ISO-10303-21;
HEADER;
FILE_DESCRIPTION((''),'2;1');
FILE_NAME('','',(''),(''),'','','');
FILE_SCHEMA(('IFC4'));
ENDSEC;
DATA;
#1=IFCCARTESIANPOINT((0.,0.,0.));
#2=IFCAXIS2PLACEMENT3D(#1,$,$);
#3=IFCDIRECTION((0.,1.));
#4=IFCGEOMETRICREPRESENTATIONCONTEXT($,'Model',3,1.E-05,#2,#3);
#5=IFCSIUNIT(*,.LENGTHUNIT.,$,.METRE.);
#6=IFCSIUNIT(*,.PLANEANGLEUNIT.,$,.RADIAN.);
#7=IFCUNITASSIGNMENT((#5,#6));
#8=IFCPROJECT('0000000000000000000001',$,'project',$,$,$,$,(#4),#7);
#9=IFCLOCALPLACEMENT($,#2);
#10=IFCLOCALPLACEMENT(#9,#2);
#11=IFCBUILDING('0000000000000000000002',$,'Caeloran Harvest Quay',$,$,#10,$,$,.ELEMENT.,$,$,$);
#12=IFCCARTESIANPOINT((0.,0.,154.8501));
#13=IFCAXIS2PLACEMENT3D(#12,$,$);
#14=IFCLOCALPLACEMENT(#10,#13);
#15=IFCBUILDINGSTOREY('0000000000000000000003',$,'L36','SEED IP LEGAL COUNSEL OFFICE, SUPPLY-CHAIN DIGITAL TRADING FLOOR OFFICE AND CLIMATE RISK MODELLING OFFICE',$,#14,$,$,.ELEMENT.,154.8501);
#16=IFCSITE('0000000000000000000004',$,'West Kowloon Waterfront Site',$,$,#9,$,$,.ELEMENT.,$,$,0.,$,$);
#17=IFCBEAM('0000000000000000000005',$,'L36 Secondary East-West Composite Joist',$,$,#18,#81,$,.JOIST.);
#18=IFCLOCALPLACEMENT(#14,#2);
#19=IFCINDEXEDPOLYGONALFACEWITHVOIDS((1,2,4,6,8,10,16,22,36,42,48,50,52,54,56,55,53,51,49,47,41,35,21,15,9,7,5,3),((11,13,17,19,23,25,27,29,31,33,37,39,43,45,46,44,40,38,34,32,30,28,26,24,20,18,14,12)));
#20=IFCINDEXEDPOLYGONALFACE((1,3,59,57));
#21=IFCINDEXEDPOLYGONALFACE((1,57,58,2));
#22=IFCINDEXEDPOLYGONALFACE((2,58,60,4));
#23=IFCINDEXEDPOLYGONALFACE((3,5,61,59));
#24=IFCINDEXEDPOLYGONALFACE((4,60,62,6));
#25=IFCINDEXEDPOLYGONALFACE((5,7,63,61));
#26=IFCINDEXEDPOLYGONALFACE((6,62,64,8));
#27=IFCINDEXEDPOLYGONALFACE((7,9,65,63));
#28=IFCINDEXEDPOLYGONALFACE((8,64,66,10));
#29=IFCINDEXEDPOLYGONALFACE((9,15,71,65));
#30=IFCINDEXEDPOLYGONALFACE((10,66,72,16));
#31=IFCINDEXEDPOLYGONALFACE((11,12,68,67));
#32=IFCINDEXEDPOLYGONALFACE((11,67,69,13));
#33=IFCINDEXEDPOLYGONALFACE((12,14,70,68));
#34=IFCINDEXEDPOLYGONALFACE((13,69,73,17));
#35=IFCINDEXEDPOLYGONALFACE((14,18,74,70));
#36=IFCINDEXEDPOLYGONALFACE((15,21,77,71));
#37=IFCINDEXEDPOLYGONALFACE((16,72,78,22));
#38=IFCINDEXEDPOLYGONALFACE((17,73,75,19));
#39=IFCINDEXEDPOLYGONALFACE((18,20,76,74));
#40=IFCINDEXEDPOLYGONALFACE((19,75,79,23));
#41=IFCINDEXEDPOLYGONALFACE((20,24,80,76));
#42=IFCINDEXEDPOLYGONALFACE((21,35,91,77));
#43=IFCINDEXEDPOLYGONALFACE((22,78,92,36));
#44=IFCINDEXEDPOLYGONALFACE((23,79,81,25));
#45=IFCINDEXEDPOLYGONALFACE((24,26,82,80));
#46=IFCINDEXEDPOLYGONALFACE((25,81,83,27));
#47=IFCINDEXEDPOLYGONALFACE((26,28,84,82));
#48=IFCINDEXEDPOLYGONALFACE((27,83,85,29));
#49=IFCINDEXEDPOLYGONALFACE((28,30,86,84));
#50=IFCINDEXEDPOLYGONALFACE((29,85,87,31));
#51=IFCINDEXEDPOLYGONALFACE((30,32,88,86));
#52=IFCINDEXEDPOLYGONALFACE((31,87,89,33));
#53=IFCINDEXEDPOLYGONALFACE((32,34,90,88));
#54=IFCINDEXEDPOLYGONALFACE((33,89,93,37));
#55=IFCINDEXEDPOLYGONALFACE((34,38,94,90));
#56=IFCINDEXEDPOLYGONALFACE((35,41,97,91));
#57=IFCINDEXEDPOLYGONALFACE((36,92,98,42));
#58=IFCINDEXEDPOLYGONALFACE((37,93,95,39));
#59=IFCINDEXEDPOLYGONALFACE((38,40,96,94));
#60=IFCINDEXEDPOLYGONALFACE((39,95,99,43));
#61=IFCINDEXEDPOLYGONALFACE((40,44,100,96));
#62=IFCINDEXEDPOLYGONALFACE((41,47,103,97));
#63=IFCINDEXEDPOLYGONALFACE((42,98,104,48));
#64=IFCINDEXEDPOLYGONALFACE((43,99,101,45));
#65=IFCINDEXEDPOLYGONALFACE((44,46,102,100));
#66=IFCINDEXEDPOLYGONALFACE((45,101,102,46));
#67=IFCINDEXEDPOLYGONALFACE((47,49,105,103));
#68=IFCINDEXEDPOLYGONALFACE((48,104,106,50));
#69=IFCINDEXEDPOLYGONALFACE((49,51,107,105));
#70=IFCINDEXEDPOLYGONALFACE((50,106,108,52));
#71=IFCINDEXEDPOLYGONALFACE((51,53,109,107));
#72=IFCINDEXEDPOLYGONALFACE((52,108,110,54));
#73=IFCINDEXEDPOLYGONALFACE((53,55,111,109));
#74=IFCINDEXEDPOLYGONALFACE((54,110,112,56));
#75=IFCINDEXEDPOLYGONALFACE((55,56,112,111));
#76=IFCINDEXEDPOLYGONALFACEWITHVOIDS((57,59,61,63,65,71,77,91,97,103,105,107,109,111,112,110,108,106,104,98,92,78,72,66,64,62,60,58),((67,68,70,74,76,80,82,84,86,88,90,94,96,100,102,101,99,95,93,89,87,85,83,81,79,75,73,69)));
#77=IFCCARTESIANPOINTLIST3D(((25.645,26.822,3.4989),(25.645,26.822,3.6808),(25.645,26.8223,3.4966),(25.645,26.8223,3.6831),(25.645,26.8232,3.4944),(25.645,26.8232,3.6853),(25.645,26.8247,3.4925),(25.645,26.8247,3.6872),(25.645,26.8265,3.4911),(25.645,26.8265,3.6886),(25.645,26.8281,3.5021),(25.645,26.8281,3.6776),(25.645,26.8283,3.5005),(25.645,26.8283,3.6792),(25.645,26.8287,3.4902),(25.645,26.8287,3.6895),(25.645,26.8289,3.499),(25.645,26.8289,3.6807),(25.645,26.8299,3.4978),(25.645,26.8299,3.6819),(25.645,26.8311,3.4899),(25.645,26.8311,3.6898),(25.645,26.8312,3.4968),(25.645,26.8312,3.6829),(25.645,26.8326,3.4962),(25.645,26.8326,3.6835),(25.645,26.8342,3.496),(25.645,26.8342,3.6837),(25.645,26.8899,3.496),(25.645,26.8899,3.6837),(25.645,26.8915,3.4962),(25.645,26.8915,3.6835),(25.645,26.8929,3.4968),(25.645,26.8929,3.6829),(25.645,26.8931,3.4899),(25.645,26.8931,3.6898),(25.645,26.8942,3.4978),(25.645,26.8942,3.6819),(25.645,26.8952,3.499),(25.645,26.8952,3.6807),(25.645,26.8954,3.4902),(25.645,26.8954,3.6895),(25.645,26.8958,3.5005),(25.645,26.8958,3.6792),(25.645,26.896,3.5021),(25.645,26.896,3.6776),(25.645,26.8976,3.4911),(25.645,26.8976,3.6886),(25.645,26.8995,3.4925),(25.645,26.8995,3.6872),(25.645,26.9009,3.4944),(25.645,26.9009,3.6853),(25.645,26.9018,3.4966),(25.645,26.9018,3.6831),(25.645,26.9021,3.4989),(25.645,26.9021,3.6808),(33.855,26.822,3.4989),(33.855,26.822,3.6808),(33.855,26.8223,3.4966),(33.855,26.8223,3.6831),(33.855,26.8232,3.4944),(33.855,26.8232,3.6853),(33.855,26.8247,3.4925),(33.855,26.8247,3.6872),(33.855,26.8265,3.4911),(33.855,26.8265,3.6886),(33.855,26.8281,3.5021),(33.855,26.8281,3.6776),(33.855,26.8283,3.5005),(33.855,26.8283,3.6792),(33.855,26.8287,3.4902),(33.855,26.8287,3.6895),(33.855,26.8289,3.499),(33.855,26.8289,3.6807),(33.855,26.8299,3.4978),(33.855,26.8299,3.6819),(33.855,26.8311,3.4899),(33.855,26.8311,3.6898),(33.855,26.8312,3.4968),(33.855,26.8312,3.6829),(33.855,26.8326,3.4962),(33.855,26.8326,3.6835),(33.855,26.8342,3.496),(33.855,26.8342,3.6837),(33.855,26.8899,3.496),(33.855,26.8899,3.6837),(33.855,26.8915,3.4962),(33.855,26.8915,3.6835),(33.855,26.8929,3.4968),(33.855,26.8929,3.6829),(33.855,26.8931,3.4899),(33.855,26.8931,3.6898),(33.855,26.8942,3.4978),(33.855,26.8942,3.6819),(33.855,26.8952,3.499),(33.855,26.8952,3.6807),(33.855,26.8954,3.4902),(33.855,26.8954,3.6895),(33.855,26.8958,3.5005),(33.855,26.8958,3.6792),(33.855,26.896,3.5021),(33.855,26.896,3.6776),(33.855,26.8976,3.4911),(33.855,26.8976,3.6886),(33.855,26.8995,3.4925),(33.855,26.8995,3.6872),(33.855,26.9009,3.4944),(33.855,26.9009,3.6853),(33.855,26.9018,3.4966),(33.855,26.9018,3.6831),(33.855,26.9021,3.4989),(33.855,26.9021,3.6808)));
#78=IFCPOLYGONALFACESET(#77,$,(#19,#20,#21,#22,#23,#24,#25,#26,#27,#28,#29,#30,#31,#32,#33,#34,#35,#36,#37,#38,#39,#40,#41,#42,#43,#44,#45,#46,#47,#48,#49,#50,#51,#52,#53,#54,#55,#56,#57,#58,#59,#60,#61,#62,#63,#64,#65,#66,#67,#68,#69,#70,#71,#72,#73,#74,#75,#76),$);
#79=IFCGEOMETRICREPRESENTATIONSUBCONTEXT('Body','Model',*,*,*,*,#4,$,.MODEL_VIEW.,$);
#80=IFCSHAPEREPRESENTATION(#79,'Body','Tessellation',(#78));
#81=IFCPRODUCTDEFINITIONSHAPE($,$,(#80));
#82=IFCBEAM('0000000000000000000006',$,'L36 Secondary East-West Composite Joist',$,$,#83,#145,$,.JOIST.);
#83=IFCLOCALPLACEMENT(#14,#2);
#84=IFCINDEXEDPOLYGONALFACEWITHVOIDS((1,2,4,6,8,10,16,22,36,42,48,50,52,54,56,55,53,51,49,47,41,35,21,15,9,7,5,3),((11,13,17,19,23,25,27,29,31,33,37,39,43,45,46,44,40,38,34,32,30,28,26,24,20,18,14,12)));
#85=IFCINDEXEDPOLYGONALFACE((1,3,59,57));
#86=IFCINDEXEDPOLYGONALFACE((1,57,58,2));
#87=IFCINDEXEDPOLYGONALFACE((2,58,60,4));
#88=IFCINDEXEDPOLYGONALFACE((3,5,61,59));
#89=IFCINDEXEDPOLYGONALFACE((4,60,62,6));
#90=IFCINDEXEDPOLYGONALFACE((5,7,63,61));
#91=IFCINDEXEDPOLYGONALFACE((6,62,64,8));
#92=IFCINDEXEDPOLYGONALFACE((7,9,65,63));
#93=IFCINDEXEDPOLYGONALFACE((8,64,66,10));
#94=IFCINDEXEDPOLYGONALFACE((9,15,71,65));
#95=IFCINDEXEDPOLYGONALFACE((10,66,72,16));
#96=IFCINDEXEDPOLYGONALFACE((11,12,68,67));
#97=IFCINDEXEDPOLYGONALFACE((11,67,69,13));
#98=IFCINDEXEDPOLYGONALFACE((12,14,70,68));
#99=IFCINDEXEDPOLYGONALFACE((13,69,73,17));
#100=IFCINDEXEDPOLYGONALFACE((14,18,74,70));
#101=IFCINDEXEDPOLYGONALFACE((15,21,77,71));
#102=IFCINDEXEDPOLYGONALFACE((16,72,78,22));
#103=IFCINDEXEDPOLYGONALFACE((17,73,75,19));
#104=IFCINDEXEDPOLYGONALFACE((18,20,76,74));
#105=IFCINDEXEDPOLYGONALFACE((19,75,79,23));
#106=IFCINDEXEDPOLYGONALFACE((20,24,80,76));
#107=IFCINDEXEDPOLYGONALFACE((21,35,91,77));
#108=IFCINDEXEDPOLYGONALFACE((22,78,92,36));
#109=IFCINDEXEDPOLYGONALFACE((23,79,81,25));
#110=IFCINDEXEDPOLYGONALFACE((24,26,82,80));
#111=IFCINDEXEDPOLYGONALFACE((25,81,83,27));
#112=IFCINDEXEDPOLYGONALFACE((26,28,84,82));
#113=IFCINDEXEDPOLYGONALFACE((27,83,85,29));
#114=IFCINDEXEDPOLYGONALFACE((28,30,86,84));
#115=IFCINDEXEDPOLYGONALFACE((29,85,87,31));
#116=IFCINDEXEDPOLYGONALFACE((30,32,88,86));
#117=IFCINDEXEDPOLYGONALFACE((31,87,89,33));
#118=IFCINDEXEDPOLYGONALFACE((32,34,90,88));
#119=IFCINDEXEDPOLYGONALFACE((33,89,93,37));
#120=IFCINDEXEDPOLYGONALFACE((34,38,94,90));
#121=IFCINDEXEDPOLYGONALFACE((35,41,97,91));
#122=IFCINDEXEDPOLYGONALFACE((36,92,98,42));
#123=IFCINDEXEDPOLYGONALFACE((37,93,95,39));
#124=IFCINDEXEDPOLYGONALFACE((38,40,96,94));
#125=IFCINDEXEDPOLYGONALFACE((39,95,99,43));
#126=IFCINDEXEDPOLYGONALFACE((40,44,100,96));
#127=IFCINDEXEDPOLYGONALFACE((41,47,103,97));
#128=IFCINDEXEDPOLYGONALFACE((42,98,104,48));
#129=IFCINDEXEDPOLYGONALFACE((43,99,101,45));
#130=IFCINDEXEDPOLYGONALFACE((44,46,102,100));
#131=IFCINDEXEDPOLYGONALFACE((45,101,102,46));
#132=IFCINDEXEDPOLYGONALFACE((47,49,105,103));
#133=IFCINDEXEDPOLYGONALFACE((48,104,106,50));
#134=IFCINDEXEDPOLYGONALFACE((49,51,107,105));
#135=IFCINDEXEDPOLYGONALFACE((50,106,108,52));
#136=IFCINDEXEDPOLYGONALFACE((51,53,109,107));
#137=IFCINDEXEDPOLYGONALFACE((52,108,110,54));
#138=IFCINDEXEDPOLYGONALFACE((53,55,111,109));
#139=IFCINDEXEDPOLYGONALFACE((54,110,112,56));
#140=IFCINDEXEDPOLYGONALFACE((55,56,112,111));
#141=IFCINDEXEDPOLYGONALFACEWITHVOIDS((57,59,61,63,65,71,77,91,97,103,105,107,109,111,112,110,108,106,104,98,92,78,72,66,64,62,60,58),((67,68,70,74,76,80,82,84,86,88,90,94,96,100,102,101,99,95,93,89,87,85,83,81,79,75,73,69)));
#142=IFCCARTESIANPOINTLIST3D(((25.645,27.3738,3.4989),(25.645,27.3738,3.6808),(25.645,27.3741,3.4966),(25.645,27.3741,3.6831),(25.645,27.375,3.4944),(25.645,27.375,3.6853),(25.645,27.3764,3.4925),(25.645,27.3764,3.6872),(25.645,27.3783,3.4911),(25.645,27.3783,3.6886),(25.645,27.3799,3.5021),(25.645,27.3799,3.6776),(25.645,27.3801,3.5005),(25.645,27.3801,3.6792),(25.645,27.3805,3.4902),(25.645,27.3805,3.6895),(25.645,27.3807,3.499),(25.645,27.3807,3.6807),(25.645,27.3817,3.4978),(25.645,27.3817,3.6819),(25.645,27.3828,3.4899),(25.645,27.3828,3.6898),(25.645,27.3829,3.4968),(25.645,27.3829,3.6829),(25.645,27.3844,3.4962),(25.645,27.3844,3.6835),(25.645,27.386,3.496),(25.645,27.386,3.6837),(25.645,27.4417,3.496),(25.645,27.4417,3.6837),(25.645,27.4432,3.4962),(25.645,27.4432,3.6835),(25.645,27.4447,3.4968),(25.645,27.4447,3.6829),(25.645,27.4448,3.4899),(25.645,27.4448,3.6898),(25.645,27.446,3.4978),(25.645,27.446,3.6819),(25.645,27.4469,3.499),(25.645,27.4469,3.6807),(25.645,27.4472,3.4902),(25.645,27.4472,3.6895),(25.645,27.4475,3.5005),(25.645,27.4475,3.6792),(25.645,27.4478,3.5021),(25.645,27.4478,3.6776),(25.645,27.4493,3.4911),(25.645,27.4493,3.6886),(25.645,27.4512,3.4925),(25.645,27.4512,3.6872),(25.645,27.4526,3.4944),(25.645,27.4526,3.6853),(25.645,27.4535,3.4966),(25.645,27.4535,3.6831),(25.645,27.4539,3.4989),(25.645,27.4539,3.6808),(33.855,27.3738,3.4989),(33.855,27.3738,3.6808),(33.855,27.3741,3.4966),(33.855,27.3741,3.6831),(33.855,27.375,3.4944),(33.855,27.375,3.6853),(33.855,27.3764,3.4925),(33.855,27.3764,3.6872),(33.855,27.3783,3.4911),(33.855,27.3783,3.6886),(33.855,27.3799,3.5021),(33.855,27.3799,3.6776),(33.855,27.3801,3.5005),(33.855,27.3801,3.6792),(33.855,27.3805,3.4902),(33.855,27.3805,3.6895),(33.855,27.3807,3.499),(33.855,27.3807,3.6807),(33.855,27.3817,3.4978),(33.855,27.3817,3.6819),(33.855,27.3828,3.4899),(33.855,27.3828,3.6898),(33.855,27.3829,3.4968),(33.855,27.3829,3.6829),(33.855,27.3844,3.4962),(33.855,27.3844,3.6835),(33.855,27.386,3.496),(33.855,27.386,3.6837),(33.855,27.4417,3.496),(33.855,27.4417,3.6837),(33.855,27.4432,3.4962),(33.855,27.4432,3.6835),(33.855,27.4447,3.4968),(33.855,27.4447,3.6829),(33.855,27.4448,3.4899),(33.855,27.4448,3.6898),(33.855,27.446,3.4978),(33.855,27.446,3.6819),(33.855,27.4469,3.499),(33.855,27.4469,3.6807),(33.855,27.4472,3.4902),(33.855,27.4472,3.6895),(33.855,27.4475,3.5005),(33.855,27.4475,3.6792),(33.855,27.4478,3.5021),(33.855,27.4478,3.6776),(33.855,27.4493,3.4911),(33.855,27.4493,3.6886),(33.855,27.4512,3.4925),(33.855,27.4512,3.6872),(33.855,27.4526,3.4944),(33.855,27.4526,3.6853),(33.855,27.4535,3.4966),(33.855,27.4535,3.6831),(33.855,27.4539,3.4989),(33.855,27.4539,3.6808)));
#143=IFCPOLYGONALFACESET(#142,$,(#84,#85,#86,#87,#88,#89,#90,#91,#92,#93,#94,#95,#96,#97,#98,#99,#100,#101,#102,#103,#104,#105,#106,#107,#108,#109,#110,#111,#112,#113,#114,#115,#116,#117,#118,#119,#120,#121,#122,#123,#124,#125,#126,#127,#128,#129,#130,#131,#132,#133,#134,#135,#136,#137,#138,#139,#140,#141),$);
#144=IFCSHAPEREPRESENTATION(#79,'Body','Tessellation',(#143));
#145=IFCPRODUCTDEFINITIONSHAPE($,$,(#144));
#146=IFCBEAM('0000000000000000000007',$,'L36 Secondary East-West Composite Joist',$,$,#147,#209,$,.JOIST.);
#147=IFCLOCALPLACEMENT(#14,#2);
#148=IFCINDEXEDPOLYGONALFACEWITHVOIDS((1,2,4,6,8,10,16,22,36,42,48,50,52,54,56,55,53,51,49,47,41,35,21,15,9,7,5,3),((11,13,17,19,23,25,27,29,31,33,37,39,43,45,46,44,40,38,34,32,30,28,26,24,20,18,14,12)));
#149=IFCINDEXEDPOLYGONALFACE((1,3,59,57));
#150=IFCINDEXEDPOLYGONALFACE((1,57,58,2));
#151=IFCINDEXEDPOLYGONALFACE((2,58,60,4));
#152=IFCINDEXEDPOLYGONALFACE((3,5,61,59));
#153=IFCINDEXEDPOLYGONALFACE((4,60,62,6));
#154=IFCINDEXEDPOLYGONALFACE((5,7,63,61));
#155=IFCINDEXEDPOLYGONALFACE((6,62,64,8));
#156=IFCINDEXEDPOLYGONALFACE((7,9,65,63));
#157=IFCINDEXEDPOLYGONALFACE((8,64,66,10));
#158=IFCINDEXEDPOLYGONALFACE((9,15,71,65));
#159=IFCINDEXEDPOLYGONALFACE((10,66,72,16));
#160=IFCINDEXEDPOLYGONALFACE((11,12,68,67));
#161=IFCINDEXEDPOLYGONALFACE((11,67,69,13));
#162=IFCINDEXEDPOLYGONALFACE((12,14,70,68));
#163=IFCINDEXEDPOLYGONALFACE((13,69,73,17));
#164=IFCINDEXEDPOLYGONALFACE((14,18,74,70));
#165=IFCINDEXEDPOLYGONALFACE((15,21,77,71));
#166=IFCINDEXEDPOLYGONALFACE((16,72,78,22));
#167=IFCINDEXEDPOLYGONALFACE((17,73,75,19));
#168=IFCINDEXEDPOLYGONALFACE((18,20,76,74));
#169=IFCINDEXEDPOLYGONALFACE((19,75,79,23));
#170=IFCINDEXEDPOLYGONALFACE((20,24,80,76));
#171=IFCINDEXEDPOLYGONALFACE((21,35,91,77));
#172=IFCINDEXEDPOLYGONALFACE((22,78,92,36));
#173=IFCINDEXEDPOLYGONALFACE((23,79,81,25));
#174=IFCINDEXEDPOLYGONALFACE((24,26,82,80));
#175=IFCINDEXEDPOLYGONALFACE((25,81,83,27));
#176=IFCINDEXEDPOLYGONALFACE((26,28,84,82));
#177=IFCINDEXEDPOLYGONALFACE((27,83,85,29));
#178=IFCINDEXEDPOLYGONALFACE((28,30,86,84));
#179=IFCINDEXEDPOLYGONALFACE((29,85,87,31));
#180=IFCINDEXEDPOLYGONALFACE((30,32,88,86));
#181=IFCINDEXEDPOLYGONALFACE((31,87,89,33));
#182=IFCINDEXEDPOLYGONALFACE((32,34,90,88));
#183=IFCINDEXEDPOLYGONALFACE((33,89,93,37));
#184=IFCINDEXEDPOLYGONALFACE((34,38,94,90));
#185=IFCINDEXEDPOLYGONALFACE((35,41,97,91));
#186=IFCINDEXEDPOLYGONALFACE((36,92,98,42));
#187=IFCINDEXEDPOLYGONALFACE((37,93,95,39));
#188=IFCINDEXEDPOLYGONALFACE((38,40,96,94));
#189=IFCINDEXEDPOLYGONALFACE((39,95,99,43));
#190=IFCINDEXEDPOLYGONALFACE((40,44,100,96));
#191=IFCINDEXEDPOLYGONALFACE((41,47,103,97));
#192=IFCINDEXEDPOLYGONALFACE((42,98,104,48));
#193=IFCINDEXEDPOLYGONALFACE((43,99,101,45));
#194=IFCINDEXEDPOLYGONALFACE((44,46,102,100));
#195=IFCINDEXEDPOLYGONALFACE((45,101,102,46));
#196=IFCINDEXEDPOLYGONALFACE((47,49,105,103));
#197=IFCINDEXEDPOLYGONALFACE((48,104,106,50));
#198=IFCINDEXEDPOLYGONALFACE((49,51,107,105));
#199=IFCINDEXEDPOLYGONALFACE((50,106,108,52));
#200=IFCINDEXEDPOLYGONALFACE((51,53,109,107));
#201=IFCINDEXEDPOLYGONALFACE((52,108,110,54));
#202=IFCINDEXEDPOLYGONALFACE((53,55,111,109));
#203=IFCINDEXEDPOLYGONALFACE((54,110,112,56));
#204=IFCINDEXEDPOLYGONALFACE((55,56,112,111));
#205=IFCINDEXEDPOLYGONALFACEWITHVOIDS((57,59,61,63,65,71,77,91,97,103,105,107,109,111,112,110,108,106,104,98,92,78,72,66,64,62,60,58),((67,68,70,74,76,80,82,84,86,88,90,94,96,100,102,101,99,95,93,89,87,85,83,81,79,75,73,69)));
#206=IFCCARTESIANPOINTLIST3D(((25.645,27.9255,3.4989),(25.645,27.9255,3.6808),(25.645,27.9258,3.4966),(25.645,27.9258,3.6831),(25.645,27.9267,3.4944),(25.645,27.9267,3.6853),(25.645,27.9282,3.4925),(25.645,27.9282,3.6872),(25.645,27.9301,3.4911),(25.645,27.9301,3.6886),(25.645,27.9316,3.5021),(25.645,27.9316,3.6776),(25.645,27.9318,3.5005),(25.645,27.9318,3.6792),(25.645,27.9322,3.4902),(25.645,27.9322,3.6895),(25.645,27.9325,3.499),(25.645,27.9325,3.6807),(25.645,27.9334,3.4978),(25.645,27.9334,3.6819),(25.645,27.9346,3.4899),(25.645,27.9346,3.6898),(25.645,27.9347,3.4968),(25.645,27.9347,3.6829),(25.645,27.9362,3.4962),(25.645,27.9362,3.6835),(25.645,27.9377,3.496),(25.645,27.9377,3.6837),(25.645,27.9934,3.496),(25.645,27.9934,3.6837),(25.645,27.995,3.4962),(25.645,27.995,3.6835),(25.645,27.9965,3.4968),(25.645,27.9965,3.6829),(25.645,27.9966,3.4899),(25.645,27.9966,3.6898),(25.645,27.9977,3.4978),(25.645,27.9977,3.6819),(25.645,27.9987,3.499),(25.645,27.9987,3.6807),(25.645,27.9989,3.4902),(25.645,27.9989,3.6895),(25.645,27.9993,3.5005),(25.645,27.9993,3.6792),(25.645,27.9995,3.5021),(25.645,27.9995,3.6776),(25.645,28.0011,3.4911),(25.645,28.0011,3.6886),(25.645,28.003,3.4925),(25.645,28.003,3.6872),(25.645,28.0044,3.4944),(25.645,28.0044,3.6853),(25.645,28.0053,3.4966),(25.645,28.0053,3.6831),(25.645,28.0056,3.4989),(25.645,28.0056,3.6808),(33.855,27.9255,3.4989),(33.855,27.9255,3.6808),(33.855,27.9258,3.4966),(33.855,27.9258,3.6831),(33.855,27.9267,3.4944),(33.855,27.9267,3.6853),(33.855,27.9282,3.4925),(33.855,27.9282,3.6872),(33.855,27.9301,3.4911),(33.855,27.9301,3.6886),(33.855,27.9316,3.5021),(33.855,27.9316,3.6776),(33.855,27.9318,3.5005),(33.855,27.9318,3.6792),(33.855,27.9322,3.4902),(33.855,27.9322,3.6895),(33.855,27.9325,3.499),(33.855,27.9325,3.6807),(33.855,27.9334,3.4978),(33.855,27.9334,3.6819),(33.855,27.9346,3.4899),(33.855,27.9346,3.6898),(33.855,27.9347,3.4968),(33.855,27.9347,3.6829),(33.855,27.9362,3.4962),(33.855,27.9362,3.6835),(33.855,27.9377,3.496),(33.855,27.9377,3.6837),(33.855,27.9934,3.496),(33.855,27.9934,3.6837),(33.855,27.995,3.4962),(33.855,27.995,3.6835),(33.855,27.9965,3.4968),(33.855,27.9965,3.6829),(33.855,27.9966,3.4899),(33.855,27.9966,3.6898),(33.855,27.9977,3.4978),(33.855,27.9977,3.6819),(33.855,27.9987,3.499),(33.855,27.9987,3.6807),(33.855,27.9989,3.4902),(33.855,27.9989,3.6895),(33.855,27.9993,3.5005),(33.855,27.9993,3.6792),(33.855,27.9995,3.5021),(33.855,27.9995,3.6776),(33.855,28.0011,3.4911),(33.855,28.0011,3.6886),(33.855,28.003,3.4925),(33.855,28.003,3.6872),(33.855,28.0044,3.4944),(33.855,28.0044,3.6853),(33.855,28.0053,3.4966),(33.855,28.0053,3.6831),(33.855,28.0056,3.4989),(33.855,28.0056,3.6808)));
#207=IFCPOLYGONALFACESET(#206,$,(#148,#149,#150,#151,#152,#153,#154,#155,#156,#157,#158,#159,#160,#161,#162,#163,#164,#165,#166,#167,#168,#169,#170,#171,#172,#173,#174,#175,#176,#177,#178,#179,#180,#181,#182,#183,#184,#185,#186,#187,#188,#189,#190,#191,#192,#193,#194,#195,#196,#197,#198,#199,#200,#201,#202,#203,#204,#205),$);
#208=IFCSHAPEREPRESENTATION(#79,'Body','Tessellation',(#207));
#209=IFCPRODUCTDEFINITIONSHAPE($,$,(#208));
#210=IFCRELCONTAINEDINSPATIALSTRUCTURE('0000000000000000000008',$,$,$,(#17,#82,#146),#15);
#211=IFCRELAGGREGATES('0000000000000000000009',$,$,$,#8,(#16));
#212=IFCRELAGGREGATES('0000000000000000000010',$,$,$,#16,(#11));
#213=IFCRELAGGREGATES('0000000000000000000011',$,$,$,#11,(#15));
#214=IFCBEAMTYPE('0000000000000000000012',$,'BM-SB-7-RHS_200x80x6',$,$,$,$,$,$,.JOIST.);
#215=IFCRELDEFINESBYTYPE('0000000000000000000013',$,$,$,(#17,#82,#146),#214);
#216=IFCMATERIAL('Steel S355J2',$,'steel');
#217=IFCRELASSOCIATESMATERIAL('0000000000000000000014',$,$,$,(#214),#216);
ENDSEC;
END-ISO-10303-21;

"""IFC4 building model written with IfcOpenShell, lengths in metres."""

from ifc_helpers import new_model, si_unit, direction, frame, origin, origin_2d, place, context, subcontext, project, spatial, hollow_rectangle, extrude, material, material_profile, profile_set, type_object, element, save


model = new_model("IFC4")

# Units and contexts
model_context = context("Model", 3, precision=1e-05, world=origin(), true_north=direction((0.0, 1.0)))
body_context = subcontext(model_context, "Body", "Model", "MODEL_VIEW")
ifc_project = project(units=[si_unit("LENGTHUNIT", "METRE"), si_unit("PLANEANGLEUNIT", "RADIAN")], contexts=[model_context])

# Site, building, storey
site_placement = place(None, origin())
site = spatial("IfcSite", under=ifc_project, at=site_placement, Name="West Kowloon Waterfront Site", CompositionType="ELEMENT", RefElevation=0.0)
building_placement = place(site_placement, origin())
building = spatial("IfcBuilding", under=site, at=building_placement, Name="Caeloran Harvest Quay", CompositionType="ELEMENT")
storey_placement = place(building_placement, frame((0.0, 0.0, 154.8501)))
storey = spatial("IfcBuildingStorey", under=building, at=storey_placement, Name="L36", Description="SEED IP LEGAL COUNSEL OFFICE, SUPPLY-CHAIN DIGITAL TRADING FLOOR OFFICE AND CLIMATE RISK MODELLING OFFICE", CompositionType="ELEMENT", Elevation=154.8501)

# Beams
ifc_material_1 = material(Name="Steel S355J2", Category="steel")
ifc_material_profile_1 = material_profile(ifc_material_1, hollow_rectangle(XDim=0.0801, YDim=0.2, WallThickness=0.0061, InnerFilletRadius=0.0061, OuterFilletRadius=0.009, at=origin_2d()), Name="RHS 200x80x6")
ifc_profile_set_1 = profile_set([ifc_material_profile_1], Name="Steel S355J2")
beam_type_1 = type_object("IfcBeamType", Name="BM-SB-7-RHS_200x80x6", PredefinedType="JOIST", material=ifc_profile_set_1)
for number, where, z_axis, x_axis, name in (
    (1, (25.645, 26.8621, 3.5898), (1.0, 0.0, 0.0), (0.0, 1.0, 0.0), "L36 Secondary East-West Composite Joist"),
    (2, (25.645, 27.4138, 3.5898), (1.0, 0.0, 0.0), (0.0, 1.0, 0.0), "L36 Secondary East-West Composite Joist"),
    (3, (25.645, 27.9656, 3.5898), (1.0, 0.0, 0.0), (0.0, 1.0, 0.0), "L36 Secondary East-West Composite Joist"),
):
    element("IfcBeam", number, at=place(storey_placement, frame(where, z_axis=z_axis, x_axis=x_axis)), inside=storey, type_object=beam_type_1, Name=name, PredefinedType="JOIST", context=body_context, shape_type="SweptSolid", body=[
        extrude(hollow_rectangle(XDim=0.0801, YDim=0.2, WallThickness=0.0061, InnerFilletRadius=0.0061, OuterFilletRadius=0.009, at=origin_2d()), origin(), (0.0, 0.0, 1.0), 8.21),
    ])

save(model, "model.ifc")
